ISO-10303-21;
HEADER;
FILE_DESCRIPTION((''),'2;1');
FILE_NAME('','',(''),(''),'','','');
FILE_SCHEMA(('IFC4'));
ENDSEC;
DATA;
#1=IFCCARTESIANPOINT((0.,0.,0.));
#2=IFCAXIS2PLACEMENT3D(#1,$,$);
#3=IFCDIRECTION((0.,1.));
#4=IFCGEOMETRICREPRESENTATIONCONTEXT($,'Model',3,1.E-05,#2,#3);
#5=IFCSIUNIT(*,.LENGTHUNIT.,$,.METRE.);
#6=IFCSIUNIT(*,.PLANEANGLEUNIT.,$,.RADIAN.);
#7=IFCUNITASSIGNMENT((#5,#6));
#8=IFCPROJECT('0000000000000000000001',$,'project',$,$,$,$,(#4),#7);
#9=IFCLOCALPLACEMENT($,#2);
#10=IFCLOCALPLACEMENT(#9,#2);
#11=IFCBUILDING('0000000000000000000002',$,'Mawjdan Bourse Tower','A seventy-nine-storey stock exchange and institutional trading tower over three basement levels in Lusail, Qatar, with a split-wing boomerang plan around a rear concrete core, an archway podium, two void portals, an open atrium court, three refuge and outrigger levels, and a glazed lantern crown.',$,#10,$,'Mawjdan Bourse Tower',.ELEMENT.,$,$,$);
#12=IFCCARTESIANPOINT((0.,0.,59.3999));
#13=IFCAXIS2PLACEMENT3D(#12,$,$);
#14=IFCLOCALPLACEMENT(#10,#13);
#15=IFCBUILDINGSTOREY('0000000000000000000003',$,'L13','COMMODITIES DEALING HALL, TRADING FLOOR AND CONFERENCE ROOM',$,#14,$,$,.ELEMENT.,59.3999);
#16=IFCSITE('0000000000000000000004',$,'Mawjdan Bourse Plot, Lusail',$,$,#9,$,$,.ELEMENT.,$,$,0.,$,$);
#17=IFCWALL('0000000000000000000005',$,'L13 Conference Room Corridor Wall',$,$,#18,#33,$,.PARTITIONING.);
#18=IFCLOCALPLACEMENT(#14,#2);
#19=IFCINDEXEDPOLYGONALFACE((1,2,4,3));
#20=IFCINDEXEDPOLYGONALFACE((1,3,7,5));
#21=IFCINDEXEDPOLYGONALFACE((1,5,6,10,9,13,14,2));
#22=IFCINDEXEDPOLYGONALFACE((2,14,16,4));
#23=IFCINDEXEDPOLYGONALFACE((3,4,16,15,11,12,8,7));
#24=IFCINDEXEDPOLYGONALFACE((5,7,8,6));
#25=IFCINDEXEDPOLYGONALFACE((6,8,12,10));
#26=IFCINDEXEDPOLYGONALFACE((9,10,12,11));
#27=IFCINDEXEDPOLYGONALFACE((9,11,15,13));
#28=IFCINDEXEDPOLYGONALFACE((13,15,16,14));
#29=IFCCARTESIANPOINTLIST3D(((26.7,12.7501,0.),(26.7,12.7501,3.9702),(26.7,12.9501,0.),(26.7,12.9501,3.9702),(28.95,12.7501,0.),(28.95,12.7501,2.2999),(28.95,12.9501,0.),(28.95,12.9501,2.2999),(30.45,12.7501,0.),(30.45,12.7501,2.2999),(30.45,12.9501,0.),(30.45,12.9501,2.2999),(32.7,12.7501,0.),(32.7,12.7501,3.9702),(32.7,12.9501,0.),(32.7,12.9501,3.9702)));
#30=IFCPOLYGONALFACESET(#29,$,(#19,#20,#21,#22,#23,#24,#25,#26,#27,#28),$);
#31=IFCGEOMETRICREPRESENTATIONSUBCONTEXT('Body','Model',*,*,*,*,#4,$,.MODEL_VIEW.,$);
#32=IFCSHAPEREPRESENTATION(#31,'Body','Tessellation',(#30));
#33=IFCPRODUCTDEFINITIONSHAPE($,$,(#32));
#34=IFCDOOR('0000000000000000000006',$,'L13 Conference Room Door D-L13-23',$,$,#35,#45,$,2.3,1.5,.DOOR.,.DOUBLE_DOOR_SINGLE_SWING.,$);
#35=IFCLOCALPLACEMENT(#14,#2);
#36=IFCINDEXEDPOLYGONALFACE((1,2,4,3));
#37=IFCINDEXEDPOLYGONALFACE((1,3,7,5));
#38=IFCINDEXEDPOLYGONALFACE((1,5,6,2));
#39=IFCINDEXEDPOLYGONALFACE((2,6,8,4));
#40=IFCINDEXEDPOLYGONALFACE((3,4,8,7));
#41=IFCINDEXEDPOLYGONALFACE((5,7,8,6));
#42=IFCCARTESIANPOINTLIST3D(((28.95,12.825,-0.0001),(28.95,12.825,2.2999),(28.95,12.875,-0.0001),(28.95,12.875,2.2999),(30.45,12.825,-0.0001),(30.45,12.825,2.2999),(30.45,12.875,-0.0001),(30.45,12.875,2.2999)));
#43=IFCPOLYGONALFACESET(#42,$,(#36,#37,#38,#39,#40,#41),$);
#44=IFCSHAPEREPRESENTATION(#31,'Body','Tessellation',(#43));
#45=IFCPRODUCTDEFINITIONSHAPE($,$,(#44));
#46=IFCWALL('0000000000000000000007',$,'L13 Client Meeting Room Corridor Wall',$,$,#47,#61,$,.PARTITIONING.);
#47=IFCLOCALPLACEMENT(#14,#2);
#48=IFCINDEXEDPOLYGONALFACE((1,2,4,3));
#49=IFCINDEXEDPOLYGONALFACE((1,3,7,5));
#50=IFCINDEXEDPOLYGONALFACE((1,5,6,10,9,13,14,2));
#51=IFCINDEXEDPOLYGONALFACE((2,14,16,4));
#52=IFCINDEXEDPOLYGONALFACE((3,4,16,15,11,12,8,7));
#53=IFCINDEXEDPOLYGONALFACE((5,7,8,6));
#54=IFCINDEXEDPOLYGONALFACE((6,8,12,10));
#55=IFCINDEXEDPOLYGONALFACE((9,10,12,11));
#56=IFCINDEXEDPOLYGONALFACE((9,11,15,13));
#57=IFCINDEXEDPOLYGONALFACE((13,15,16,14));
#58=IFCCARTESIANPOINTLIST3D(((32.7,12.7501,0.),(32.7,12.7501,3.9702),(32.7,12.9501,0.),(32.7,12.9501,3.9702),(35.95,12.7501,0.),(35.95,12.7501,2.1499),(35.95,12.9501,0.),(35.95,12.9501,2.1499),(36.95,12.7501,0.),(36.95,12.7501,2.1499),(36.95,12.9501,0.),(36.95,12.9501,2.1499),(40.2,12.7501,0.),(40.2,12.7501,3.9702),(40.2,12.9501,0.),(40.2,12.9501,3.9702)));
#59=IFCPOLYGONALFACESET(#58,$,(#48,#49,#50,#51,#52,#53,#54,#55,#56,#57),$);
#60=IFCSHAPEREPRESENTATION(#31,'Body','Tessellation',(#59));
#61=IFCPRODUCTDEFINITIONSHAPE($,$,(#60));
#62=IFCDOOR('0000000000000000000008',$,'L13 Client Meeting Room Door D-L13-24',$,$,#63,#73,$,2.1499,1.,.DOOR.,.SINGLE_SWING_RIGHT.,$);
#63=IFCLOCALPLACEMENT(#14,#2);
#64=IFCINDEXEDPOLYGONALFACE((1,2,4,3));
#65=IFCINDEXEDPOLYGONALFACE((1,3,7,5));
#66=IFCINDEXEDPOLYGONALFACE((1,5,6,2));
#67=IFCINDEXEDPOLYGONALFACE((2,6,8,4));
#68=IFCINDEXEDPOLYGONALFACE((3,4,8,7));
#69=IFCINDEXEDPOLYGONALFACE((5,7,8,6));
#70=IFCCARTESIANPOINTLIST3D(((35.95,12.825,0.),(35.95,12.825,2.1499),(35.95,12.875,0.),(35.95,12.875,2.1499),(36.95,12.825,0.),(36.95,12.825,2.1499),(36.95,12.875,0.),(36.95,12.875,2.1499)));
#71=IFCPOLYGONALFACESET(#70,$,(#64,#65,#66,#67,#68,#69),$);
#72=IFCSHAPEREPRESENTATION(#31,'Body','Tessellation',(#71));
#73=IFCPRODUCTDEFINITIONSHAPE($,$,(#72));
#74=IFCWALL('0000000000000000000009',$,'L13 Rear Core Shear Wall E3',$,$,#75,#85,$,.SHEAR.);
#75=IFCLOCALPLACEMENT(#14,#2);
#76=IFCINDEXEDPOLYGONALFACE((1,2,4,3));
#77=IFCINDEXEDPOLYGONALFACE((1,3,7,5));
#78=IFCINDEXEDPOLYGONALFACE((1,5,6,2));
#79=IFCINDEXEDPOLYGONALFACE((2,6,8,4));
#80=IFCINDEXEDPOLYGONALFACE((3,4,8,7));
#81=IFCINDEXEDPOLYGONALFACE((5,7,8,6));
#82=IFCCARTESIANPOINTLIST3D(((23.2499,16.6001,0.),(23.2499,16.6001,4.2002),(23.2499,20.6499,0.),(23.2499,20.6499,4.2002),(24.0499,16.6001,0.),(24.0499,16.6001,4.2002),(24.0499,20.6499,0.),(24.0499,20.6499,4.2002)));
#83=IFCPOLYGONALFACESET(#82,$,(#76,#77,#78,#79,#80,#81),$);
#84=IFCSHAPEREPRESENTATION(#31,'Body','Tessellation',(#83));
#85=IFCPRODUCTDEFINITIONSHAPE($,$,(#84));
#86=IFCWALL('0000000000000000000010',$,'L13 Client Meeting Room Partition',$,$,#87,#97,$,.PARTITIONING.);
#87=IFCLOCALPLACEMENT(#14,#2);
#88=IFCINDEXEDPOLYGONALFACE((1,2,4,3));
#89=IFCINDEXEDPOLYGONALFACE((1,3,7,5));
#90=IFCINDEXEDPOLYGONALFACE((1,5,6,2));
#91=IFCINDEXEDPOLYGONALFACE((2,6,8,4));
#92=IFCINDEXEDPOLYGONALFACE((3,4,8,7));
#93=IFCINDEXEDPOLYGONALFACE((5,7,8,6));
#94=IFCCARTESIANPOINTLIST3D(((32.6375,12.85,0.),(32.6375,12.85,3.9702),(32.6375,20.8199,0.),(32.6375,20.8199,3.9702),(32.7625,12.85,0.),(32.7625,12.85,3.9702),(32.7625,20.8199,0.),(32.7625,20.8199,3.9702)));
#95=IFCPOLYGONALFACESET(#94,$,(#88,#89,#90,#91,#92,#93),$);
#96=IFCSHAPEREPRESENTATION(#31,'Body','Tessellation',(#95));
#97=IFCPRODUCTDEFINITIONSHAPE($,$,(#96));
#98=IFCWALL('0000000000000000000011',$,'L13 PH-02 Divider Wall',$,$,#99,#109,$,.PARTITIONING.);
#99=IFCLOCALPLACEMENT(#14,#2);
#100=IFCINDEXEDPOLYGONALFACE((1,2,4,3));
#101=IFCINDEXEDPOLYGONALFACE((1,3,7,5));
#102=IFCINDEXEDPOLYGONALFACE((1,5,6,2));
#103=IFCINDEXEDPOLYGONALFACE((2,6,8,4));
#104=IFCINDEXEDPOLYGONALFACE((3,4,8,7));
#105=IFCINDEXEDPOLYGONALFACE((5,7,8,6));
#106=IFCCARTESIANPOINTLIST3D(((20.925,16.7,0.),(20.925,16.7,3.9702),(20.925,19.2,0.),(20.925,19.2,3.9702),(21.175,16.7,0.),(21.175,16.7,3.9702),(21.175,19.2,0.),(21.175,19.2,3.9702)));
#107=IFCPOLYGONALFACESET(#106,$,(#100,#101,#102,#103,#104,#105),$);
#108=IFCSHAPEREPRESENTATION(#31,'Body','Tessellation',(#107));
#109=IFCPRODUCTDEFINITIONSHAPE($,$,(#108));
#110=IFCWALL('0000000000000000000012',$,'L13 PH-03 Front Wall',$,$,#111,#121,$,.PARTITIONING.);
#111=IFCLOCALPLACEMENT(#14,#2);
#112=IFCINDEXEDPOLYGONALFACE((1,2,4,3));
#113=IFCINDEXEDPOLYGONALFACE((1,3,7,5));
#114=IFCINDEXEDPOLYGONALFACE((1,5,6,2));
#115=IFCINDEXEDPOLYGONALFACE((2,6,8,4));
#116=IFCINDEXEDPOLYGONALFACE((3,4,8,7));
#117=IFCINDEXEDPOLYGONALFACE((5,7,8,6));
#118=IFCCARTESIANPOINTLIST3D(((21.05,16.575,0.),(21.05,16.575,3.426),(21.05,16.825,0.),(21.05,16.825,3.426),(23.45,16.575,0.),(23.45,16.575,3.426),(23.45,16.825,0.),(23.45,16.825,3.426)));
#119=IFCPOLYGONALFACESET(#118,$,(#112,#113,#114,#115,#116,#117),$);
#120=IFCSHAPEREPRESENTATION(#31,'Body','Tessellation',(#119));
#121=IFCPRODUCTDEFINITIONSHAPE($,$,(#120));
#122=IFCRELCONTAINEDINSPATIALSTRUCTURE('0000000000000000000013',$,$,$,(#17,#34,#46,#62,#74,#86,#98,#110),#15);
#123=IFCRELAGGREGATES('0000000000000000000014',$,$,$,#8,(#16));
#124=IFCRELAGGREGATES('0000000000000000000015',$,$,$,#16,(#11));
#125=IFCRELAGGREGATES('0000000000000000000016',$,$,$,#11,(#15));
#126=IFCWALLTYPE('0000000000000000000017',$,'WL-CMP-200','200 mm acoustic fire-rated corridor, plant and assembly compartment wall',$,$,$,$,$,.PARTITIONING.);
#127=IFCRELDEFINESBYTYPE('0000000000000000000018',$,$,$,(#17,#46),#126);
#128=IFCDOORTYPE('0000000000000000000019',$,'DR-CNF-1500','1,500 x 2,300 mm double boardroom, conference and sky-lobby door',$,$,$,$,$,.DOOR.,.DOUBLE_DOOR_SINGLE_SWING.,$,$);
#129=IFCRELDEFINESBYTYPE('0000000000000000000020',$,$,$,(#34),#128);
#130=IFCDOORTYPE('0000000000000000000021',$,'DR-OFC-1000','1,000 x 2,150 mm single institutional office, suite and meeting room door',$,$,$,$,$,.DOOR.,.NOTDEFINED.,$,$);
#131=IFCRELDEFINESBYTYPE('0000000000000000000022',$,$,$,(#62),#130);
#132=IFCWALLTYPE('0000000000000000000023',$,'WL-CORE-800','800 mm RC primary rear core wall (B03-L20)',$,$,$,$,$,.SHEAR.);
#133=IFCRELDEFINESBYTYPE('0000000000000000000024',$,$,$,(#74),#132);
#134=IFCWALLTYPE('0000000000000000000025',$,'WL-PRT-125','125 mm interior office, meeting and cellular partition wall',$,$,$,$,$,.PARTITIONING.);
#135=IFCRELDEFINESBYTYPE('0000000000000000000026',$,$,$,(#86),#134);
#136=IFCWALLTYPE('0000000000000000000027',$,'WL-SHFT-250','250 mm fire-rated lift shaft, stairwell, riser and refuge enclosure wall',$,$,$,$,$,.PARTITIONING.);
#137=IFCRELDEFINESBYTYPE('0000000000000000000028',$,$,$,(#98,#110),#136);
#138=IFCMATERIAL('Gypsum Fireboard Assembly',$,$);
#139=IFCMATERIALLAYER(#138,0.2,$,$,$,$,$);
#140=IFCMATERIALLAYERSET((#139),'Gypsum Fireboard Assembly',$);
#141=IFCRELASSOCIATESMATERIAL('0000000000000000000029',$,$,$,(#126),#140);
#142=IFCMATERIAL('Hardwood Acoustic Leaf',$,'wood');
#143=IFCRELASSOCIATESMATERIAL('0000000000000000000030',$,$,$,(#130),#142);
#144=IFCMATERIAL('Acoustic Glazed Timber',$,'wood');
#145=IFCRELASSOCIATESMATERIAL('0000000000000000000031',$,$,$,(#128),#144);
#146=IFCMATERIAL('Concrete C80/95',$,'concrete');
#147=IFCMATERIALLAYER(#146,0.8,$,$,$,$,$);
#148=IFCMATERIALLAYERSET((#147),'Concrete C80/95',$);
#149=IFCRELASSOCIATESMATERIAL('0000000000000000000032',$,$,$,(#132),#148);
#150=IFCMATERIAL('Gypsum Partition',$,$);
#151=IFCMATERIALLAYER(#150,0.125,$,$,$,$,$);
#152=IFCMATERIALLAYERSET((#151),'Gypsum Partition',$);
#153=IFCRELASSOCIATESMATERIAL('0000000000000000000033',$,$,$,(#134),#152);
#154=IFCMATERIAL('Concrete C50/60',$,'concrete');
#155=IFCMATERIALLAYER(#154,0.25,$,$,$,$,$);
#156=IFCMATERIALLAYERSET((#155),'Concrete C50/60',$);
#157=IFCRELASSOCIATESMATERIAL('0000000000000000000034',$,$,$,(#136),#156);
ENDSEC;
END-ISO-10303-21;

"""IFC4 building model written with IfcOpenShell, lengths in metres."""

from ifc_helpers import new_model, si_unit, direction, frame, frame_2d, origin, place, context, subcontext, project, spatial, rectangle, extrude, material, layer, layer_set, type_object, element, fill, save


model = new_model("IFC4")

# Units and contexts
model_context = context("Model", 3, precision=1e-05, world=origin(), true_north=direction((0.0, 1.0)))
body_context = subcontext(model_context, "Body", "Model", "MODEL_VIEW")
ifc_project = project(units=[si_unit("LENGTHUNIT", "METRE"), si_unit("PLANEANGLEUNIT", "RADIAN")], contexts=[model_context])

# Site, building, storey
site_placement = place(None, origin())
site = spatial("IfcSite", under=ifc_project, at=site_placement, Name="Mawjdan Bourse Plot, Lusail", CompositionType="ELEMENT", RefElevation=0.0)
building_placement = place(site_placement, origin())
building = spatial("IfcBuilding", under=site, at=building_placement, Name="Mawjdan Bourse Tower", Description="A seventy-nine-storey stock exchange and institutional trading tower over three basement levels in Lusail, Qatar, with a split-wing boomerang plan around a rear concrete core, an archway podium, two void portals, an open atrium court, three refuge and outrigger levels, and a glazed lantern crown.", LongName="Mawjdan Bourse Tower", CompositionType="ELEMENT")
storey_placement = place(building_placement, frame((0.0, 0.0, 59.3999)))
storey = spatial("IfcBuildingStorey", under=building, at=storey_placement, Name="L13", Description="COMMODITIES DEALING HALL, TRADING FLOOR AND CONFERENCE ROOM", CompositionType="ELEMENT", Elevation=59.3999)

# Shared definitions
ifc_material_1 = material(Name="Concrete C80/95", Category="concrete")

# Shared definitions
ifc_material_2 = material(Name="Gypsum Fireboard Assembly")
ifc_layer_1 = layer(ifc_material_2, 0.2)
ifc_layer_set_1 = layer_set([ifc_layer_1], Name="Gypsum Fireboard Assembly")
wall_type_1 = type_object("IfcWallType", Name="WL-CMP-200", Description="200 mm acoustic fire-rated corridor, plant and assembly compartment wall", PredefinedType="PARTITIONING", material=ifc_layer_set_1)

# Shared definitions
ifc_material_3 = material(Name="Hardwood Acoustic Leaf", Category="wood")
door_type_1 = type_object("IfcDoorType", Name="DR-OFC-1000", Description="1,000 x 2,150 mm single institutional office, suite and meeting room door", OperationType="NOTDEFINED", PredefinedType="DOOR", material=ifc_material_3)

# Walls, openings, doors
wall_1_placement = place(storey_placement, frame((26.7, 12.8501, 0.0), z_axis=(0.0, 0.0, 1.0), x_axis=(1.0, 0.0, 0.0)))
wall_1 = element("IfcWall", 1, at=wall_1_placement, inside=storey, type_object=wall_type_1, Name="L13 Conference Room Corridor Wall", PredefinedType="PARTITIONING", context=body_context, shape_type="SweptSolid", body=[
    extrude(rectangle(XDim=6.0, YDim=0.2, at=frame_2d((3.0, 0.0))), origin(), (0.0, 0.0, 1.0), 3.9702),
])
opening_1_placement = place(wall_1_placement, frame((2.25, 0.0, 0.0)))
opening_1 = element("IfcOpeningElement", 2, at=opening_1_placement, cuts=wall_1, PredefinedType="OPENING", context=body_context, shape_type="SweptSolid", body=[
    extrude(rectangle(XDim=1.5, YDim=2.3, at=frame_2d((0.75, 1.1499))), frame((0.0, 0.1099, 0.0), z_axis=(0.0, -1.0, 0.0), x_axis=(1.0, 0.0, 0.0)), (0.0, 0.0, 1.0), 0.22),
])
ifc_material_4 = material(Name="Acoustic Glazed Timber", Category="wood")
door_type_2 = type_object("IfcDoorType", Name="DR-CNF-1500", Description="1,500 x 2,300 mm double boardroom, conference and sky-lobby door", OperationType="DOUBLE_DOOR_SINGLE_SWING", PredefinedType="DOOR", material=ifc_material_4)
door_1_placement = place(opening_1_placement, origin())
door_1 = element("IfcDoor", 3, at=door_1_placement, inside=storey, type_object=door_type_2, Name="L13 Conference Room Door D-L13-23", OperationType="DOUBLE_DOOR_SINGLE_SWING", OverallHeight=2.3, OverallWidth=1.5, PredefinedType="DOOR", context=body_context, shape_type="SweptSolid", body=[
    extrude(rectangle(XDim=1.5, YDim=2.3, at=frame_2d((0.75, 1.1499))), frame((0.0, 0.0249, 0.0), z_axis=(0.0, -1.0, 0.0), x_axis=(1.0, 0.0, 0.0)), (0.0, 0.0, 1.0), 0.05),
])
fill(opening_1, door_1)
wall_2_placement = place(storey_placement, frame((32.7, 12.8501, 0.0), z_axis=(0.0, 0.0, 1.0), x_axis=(1.0, 0.0, 0.0)))
wall_2 = element("IfcWall", 4, at=wall_2_placement, inside=storey, type_object=wall_type_1, Name="L13 Client Meeting Room Corridor Wall", PredefinedType="PARTITIONING", context=body_context, shape_type="SweptSolid", body=[
    extrude(rectangle(XDim=7.5, YDim=0.2, at=frame_2d((3.75, 0.0))), origin(), (0.0, 0.0, 1.0), 3.9702),
])
opening_2_placement = place(wall_2_placement, frame((3.25, 0.0, 0.0)))
opening_2 = element("IfcOpeningElement", 5, at=opening_2_placement, cuts=wall_2, PredefinedType="OPENING", context=body_context, shape_type="SweptSolid", body=[
    extrude(rectangle(XDim=1.0, YDim=2.1499, at=frame_2d((0.5, 1.075))), frame((0.0, 0.1099, 0.0), z_axis=(0.0, -1.0, 0.0), x_axis=(1.0, 0.0, 0.0)), (0.0, 0.0, 1.0), 0.22),
])
door_2_placement = place(opening_2_placement, origin())
door_2 = element("IfcDoor", 6, at=door_2_placement, inside=storey, type_object=door_type_1, Name="L13 Client Meeting Room Door D-L13-24", OperationType="SINGLE_SWING_RIGHT", OverallHeight=2.1499, OverallWidth=1.0, PredefinedType="DOOR", context=body_context, shape_type="SweptSolid", body=[
    extrude(rectangle(XDim=1.0, YDim=2.1499, at=frame_2d((0.5, 1.075))), frame((0.0, 0.0249, 0.0), z_axis=(0.0, -1.0, 0.0), x_axis=(1.0, 0.0, 0.0)), (0.0, 0.0, 1.0), 0.05),
])
fill(opening_2, door_2)

# Walls
ifc_layer_2 = layer(ifc_material_1, 0.8)
ifc_layer_set_2 = layer_set([ifc_layer_2], Name="Concrete C80/95")
wall_type_2 = type_object("IfcWallType", Name="WL-CORE-800", Description="800 mm RC primary rear core wall (B03-L20)", PredefinedType="SHEAR", material=ifc_layer_set_2)
wall_3_placement = place(storey_placement, frame((23.6499, 16.6001, 0.0), z_axis=(0.0, 0.0, 1.0), x_axis=(0.0, 1.0, 0.0)))
element("IfcWall", 7, at=wall_3_placement, inside=storey, type_object=wall_type_2, Name="L13 Rear Core Shear Wall E3", PredefinedType="SHEAR", context=body_context, shape_type="SweptSolid", body=[
    extrude(rectangle(XDim=4.0498, YDim=0.8, at=frame_2d((2.0249, 0.0))), origin(), (0.0, 0.0, 1.0), 4.2002),
])
ifc_material_5 = material(Name="Gypsum Partition")
ifc_layer_3 = layer(ifc_material_5, 0.125)
ifc_layer_set_3 = layer_set([ifc_layer_3], Name="Gypsum Partition")
wall_type_3 = type_object("IfcWallType", Name="WL-PRT-125", Description="125 mm interior office, meeting and cellular partition wall", PredefinedType="PARTITIONING", material=ifc_layer_set_3)
wall_4_placement = place(storey_placement, frame((32.7, 12.8501, 0.0), z_axis=(0.0, 0.0, 1.0), x_axis=(0.0, 1.0, 0.0)))
element("IfcWall", 8, at=wall_4_placement, inside=storey, type_object=wall_type_3, Name="L13 Client Meeting Room Partition", PredefinedType="PARTITIONING", context=body_context, shape_type="SweptSolid", body=[
    extrude(rectangle(XDim=7.97, YDim=0.125, at=frame_2d((3.9849, 0.0))), origin(), (0.0, 0.0, 1.0), 3.9702),
])
ifc_material_6 = material(Name="Concrete C50/60", Category="concrete")
ifc_layer_4 = layer(ifc_material_6, 0.25)
ifc_layer_set_4 = layer_set([ifc_layer_4], Name="Concrete C50/60")
wall_type_4 = type_object("IfcWallType", Name="WL-SHFT-250", Description="250 mm fire-rated lift shaft, stairwell, riser and refuge enclosure wall", PredefinedType="PARTITIONING", material=ifc_layer_set_4)
wall_5_placement = place(storey_placement, frame((21.05, 16.7, 0.0), z_axis=(0.0, 0.0, 1.0), x_axis=(0.0, 1.0, 0.0)))
element("IfcWall", 9, at=wall_5_placement, inside=storey, type_object=wall_type_4, Name="L13 PH-02 Divider Wall", PredefinedType="PARTITIONING", context=body_context, shape_type="SweptSolid", body=[
    extrude(rectangle(XDim=2.5, YDim=0.25, at=frame_2d((1.25, 0.0))), origin(), (0.0, 0.0, 1.0), 3.9702),
])
wall_6_placement = place(storey_placement, frame((21.05, 16.7, 0.0), z_axis=(0.0, 0.0, 1.0), x_axis=(1.0, 0.0, 0.0)))
element("IfcWall", 10, at=wall_6_placement, inside=storey, type_object=wall_type_4, Name="L13 PH-03 Front Wall", PredefinedType="PARTITIONING", context=body_context, shape_type="SweptSolid", body=[
    extrude(rectangle(XDim=2.3999, YDim=0.25, at=frame_2d((1.2, 0.0))), origin(), (0.0, 0.0, 1.0), 3.426),
])

save(model, "model.ifc")
